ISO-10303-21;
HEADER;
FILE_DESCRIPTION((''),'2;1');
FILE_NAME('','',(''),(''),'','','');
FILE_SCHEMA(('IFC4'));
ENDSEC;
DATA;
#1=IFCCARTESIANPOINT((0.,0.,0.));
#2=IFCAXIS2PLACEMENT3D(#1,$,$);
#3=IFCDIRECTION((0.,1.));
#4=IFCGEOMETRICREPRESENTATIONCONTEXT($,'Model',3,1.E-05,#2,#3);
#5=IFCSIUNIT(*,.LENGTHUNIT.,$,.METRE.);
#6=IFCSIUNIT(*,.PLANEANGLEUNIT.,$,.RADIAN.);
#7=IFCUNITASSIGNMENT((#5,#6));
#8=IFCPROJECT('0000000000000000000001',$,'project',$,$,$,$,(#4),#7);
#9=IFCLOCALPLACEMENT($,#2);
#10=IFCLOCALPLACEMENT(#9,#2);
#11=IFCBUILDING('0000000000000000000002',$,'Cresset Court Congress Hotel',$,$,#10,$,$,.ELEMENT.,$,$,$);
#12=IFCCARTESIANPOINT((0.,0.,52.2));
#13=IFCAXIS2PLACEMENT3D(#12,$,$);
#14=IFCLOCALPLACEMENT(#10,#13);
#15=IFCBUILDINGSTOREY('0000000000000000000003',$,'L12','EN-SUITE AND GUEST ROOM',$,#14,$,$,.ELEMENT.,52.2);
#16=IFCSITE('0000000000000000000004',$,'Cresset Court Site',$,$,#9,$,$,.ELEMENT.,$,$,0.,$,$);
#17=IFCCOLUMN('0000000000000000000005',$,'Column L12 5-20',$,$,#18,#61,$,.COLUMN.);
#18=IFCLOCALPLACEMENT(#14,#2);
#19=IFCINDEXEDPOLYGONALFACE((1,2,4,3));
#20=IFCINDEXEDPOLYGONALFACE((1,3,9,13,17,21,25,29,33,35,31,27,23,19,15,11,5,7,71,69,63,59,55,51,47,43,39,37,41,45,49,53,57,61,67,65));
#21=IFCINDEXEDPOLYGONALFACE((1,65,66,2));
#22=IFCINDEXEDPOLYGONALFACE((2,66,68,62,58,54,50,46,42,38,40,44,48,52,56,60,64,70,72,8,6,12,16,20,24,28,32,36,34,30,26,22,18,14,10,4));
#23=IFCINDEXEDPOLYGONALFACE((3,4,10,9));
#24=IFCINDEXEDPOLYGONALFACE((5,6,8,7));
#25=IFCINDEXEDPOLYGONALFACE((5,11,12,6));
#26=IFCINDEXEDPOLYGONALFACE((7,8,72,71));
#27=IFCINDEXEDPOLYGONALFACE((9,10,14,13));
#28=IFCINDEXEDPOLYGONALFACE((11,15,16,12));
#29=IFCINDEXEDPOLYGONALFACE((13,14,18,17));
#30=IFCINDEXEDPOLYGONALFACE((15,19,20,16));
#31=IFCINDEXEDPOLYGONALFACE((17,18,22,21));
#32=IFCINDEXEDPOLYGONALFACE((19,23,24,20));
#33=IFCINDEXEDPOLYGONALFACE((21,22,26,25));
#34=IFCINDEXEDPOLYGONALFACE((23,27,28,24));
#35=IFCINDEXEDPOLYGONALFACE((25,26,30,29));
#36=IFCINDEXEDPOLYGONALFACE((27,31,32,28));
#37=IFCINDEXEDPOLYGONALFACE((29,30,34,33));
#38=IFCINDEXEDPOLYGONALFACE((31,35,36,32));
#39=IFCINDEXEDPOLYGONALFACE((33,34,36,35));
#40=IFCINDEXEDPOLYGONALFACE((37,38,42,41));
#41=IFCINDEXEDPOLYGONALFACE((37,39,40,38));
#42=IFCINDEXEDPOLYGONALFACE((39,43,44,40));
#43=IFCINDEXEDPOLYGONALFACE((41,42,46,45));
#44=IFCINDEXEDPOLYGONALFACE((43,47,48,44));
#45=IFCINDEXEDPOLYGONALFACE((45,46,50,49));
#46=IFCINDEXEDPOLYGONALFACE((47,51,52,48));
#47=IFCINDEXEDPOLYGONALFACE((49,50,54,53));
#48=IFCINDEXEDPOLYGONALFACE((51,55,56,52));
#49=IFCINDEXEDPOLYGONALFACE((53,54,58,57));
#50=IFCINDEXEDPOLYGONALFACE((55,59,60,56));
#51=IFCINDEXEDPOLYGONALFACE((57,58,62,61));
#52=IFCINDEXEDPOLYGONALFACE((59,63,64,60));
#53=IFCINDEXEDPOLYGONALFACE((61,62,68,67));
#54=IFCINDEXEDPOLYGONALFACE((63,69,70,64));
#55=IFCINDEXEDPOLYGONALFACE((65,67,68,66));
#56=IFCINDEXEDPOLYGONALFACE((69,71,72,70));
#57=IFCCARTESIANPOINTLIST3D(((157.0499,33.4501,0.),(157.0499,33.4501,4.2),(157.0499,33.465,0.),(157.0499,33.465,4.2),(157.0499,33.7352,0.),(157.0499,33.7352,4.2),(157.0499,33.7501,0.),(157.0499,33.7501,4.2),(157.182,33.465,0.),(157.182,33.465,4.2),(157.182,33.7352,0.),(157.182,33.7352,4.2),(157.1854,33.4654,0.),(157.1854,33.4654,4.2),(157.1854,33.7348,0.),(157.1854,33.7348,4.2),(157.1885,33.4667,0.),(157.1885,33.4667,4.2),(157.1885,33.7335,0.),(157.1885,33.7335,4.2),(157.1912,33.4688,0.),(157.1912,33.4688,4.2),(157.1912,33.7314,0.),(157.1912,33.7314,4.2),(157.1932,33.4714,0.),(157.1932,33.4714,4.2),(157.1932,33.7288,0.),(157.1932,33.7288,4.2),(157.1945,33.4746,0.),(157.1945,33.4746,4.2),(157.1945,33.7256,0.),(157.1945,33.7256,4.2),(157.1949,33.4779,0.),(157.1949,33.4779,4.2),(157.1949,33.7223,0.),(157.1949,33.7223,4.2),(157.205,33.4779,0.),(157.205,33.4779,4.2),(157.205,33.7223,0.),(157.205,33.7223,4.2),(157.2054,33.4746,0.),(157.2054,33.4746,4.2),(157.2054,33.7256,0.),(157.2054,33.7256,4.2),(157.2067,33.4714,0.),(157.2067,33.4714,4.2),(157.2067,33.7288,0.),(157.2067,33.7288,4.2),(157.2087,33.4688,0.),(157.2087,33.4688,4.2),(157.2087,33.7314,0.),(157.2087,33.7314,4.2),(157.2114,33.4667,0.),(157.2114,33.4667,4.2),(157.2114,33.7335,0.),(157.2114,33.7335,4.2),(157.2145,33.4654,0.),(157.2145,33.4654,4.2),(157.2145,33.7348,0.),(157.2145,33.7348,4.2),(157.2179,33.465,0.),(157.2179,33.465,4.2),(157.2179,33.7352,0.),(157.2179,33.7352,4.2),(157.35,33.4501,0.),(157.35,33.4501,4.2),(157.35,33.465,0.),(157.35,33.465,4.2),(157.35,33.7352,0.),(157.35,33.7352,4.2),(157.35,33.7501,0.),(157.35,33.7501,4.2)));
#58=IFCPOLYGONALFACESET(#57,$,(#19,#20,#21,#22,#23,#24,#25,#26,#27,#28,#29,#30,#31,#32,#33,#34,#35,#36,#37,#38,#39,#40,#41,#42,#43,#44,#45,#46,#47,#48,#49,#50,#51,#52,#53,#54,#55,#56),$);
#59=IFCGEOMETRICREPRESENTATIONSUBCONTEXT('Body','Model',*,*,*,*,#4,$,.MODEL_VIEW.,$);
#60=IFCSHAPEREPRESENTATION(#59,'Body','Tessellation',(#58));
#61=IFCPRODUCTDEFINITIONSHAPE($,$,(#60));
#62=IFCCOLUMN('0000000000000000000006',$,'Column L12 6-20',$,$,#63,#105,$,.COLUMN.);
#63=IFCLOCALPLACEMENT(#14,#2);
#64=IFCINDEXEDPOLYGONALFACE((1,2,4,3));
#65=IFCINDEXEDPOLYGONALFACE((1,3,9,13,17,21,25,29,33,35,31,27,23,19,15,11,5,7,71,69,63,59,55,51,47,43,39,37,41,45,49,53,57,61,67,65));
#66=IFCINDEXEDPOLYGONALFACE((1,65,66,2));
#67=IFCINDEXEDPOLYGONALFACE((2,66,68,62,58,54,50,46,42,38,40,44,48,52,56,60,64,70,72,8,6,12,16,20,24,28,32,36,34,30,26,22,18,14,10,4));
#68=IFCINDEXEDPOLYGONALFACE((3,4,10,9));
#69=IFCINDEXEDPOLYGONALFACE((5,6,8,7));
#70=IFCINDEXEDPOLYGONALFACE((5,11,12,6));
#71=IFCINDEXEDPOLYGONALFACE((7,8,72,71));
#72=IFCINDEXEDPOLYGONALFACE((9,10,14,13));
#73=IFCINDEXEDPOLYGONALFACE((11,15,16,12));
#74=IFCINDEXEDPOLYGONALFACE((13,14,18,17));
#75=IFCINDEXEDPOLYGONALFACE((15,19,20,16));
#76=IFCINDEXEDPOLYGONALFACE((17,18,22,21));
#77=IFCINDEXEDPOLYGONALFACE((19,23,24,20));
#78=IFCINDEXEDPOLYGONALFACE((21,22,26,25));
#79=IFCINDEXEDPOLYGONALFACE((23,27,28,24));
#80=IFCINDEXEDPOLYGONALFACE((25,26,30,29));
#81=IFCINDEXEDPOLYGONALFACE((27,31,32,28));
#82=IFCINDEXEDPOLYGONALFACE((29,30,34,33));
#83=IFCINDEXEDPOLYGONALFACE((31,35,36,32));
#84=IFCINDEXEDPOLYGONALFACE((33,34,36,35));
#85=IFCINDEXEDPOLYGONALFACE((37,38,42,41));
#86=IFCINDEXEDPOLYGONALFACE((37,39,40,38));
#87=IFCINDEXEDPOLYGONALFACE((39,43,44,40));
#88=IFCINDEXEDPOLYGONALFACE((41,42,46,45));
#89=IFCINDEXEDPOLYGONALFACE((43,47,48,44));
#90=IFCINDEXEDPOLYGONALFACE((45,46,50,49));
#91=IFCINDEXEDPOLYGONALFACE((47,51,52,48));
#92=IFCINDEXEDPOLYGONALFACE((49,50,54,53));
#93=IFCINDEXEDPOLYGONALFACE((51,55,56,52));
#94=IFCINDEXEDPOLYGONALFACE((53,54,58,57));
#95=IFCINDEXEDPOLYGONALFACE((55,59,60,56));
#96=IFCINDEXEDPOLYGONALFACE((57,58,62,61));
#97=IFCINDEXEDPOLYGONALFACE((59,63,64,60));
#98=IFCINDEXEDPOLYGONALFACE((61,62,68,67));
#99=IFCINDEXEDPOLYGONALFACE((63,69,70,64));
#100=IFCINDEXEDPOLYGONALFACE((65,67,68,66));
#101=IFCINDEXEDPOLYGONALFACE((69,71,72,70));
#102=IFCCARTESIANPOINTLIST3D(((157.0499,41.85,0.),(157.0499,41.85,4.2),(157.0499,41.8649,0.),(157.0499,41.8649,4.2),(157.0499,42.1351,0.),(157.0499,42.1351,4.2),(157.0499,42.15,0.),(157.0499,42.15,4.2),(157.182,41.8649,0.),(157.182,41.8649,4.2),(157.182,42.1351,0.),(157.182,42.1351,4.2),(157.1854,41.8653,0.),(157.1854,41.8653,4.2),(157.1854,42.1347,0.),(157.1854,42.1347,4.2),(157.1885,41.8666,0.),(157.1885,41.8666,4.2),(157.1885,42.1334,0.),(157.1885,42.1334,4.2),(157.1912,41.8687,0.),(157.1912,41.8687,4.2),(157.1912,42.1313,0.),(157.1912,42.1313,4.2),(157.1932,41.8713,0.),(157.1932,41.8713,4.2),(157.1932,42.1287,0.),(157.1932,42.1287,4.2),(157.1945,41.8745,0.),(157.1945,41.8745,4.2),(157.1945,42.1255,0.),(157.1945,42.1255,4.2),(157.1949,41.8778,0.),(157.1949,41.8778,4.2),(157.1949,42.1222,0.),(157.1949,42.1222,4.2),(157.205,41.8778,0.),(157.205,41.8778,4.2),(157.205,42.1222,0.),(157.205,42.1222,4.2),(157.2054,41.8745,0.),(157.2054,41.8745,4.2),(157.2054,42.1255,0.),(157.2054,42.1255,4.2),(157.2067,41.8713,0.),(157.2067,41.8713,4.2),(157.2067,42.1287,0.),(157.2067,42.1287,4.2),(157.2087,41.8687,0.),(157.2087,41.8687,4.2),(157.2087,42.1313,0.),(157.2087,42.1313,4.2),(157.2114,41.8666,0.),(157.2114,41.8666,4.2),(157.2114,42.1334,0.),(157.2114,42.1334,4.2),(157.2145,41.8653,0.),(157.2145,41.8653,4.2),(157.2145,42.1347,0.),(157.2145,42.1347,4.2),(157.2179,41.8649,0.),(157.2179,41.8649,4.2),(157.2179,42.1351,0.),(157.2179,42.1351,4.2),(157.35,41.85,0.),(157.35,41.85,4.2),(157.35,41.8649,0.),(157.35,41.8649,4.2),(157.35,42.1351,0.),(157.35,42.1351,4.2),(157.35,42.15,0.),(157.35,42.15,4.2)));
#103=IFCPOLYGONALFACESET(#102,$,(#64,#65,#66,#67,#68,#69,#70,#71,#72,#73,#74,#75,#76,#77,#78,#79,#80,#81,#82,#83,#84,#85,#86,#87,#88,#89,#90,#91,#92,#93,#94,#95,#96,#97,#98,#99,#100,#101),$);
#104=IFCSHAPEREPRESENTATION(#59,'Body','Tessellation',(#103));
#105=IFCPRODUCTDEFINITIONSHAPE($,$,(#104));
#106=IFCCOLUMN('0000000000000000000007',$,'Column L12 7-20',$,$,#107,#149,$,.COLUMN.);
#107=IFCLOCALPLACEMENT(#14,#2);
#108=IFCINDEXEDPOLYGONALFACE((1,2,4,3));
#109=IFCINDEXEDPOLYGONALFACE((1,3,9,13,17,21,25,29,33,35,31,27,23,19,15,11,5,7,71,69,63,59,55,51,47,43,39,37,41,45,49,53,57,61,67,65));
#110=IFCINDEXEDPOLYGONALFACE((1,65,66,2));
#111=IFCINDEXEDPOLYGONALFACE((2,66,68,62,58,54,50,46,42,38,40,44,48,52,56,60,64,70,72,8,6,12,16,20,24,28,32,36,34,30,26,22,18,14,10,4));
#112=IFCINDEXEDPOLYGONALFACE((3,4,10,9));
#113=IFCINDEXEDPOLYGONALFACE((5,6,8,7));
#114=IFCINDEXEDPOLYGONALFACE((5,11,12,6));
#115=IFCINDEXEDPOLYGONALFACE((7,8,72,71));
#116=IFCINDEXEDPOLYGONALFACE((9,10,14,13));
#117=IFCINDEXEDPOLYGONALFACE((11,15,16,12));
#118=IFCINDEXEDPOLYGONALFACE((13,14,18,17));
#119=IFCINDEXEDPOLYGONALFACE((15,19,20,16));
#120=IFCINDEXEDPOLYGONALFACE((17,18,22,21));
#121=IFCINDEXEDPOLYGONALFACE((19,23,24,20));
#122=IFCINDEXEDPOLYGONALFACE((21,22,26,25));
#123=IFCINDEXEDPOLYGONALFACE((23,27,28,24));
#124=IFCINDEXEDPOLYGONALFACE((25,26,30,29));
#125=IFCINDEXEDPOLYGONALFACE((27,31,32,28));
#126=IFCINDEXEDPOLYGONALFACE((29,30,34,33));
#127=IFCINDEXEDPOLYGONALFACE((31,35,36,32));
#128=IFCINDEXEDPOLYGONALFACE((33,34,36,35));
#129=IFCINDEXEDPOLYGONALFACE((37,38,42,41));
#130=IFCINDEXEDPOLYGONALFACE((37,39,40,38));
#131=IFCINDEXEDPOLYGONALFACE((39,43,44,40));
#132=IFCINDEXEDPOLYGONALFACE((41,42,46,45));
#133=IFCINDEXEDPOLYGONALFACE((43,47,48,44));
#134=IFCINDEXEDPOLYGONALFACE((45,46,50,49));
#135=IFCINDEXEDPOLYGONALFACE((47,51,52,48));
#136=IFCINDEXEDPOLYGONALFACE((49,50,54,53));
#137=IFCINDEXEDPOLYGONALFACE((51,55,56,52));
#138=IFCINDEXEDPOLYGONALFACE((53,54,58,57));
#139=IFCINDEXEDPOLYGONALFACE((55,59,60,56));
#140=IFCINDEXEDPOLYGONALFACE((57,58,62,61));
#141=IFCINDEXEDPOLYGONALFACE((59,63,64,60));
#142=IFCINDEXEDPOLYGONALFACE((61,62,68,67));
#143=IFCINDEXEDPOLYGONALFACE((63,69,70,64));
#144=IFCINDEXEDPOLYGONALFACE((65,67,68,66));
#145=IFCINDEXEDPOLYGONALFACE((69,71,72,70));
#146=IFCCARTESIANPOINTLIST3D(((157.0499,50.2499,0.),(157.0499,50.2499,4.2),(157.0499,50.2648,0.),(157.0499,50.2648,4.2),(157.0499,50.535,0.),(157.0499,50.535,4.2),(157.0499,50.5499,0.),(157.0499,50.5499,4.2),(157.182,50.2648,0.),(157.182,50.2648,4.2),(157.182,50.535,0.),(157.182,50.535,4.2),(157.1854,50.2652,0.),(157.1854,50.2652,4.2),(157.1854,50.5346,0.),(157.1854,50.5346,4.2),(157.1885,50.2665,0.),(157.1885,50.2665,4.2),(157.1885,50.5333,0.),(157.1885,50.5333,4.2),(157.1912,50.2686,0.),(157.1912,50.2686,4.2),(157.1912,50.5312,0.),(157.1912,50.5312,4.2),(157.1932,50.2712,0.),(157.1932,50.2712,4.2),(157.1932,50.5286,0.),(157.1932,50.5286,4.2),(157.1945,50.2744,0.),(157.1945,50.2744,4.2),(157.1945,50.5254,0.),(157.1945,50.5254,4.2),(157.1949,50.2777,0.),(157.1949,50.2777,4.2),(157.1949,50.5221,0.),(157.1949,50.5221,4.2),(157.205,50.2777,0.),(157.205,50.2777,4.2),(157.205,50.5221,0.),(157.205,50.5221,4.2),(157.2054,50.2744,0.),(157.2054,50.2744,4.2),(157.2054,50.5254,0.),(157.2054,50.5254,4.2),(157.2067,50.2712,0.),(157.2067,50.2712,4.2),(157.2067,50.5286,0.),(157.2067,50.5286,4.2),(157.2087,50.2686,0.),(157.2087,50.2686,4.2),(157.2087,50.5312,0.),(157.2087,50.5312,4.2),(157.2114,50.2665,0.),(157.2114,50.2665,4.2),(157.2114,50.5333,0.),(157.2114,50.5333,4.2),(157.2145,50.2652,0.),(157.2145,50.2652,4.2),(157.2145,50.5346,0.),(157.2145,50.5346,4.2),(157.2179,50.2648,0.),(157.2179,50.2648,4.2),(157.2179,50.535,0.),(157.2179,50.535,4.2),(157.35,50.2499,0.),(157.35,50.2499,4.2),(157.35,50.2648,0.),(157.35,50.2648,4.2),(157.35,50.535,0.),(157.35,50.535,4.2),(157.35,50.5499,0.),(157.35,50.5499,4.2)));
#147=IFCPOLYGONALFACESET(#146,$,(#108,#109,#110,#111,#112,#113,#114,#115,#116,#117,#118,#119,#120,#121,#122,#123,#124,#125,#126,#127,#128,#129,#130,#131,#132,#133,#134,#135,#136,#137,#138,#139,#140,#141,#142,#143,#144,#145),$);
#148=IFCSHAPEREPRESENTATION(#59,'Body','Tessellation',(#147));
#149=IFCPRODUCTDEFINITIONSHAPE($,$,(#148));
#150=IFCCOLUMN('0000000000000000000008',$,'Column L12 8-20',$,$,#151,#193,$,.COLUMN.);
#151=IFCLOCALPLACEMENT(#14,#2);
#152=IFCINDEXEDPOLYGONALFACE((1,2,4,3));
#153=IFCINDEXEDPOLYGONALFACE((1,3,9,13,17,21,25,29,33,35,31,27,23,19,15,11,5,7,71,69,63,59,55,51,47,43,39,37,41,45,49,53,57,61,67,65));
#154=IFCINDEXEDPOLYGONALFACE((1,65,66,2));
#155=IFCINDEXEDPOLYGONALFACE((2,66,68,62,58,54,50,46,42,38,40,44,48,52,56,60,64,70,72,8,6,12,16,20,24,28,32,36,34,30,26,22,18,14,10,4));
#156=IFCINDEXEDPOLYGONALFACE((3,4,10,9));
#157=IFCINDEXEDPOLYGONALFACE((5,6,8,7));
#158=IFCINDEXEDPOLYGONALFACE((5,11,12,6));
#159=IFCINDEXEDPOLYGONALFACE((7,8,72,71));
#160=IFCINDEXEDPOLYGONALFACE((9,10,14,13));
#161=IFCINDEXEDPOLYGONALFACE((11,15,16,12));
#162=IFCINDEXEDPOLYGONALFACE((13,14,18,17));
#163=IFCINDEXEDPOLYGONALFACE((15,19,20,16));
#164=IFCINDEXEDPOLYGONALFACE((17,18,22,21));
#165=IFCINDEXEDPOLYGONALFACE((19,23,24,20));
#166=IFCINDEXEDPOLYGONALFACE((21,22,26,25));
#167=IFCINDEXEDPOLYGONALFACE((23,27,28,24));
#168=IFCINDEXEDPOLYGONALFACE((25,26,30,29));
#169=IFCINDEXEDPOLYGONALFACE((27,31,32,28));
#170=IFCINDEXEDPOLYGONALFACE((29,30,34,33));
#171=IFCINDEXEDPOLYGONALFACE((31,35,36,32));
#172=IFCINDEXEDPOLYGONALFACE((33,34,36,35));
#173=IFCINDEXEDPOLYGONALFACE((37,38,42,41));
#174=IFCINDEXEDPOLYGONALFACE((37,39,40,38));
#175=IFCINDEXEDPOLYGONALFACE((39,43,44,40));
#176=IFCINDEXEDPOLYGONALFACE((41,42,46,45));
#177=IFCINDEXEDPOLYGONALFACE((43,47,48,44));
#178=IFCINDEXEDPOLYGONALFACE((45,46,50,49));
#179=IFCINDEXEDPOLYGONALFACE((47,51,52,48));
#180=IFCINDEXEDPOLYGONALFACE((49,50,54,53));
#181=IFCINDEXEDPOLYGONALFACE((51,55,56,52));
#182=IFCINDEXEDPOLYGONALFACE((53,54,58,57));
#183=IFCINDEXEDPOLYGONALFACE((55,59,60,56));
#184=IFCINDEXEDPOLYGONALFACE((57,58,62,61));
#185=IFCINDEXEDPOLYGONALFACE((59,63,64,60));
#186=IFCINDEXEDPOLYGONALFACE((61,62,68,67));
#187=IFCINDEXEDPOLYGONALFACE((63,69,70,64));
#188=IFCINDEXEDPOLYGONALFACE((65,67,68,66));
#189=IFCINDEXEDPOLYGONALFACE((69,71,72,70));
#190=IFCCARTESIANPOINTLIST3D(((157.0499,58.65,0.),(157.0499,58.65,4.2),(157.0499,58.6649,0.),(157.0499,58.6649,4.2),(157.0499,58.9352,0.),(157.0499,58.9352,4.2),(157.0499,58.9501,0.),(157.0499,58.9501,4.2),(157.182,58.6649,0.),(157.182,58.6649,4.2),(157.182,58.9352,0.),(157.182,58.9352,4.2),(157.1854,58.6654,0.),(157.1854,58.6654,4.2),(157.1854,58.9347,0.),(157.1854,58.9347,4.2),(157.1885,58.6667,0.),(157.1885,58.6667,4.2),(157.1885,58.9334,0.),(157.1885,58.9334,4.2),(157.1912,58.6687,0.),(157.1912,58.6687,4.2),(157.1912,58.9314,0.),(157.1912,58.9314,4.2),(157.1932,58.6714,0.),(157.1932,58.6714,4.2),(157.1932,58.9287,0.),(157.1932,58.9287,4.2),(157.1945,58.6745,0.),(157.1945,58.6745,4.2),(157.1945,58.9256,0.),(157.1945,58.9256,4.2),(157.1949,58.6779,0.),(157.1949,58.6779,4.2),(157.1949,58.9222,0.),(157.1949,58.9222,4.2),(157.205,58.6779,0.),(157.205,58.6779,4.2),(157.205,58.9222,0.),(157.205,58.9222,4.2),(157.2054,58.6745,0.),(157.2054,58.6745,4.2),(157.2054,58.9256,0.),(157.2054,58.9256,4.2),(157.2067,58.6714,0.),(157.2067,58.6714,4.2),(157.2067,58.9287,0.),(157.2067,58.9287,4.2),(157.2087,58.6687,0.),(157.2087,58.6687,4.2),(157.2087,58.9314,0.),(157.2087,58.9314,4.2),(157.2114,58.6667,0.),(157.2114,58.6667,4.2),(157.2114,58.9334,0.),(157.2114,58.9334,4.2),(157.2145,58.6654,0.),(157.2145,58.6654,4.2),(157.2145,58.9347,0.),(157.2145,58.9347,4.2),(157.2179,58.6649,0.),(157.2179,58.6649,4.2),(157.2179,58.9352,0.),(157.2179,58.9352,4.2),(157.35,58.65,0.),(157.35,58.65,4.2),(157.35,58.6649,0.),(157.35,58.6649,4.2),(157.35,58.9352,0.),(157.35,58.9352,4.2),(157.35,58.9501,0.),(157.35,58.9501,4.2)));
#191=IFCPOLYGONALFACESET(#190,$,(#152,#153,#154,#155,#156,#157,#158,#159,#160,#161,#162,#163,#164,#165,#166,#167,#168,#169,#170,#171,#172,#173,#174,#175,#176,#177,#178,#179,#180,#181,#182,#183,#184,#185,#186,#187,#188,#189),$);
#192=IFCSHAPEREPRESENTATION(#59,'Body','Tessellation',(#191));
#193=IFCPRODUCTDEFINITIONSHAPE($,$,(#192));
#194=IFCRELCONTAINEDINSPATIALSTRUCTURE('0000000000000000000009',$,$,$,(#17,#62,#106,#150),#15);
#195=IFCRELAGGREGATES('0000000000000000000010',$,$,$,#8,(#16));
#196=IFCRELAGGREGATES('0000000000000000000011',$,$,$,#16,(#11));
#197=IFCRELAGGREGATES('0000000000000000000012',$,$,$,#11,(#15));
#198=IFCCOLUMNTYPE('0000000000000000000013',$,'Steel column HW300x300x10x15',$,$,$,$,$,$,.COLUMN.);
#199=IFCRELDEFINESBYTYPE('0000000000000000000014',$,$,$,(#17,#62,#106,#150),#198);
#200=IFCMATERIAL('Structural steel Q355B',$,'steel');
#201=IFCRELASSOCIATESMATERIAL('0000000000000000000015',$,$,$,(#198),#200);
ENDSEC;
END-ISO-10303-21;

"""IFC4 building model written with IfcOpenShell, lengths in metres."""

from ifc_helpers import new_model, si_unit, direction, frame, origin, origin_2d, place, context, subcontext, project, spatial, i_section, extrude, material, material_profile, profile_set, type_object, element, save


model = new_model("IFC4")

# Units and contexts
model_context = context("Model", 3, precision=1e-05, world=origin(), true_north=direction((0.0, 1.0)))
body_context = subcontext(model_context, "Body", "Model", "MODEL_VIEW")
ifc_project = project(units=[si_unit("LENGTHUNIT", "METRE"), si_unit("PLANEANGLEUNIT", "RADIAN")], contexts=[model_context])

# Site, building, storey
site_placement = place(None, origin())
site = spatial("IfcSite", under=ifc_project, at=site_placement, Name="Cresset Court Site", CompositionType="ELEMENT", RefElevation=0.0)
building_placement = place(site_placement, origin())
building = spatial("IfcBuilding", under=site, at=building_placement, Name="Cresset Court Congress Hotel", CompositionType="ELEMENT")
storey_placement = place(building_placement, frame((0.0, 0.0, 52.2)))
storey = spatial("IfcBuildingStorey", under=building, at=storey_placement, Name="L12", Description="EN-SUITE AND GUEST ROOM", CompositionType="ELEMENT", Elevation=52.2)

# Columns
ifc_material_1 = material(Name="Structural steel Q355B", Category="steel")
ifc_material_profile_1 = material_profile(ifc_material_1, i_section(OverallWidth=0.3, OverallDepth=0.3, WebThickness=0.01, FlangeThickness=0.0149, FilletRadius=0.0129, at=origin_2d()), Name="HW300x300x10x15")
ifc_profile_set_1 = profile_set([ifc_material_profile_1], Name="Structural steel Q355B")
column_type = type_object("IfcColumnType", Name="Steel column HW300x300x10x15", PredefinedType="COLUMN", material=ifc_profile_set_1)
for number, where, z_axis, x_axis, name in (
    (1, (157.2, 33.6001, 0.0), (0.0, 0.0, 1.0), (1.0, 0.0, 0.0), "Column L12 5-20"),
    (2, (157.2, 42.0, 0.0), (0.0, 0.0, 1.0), (1.0, 0.0, 0.0), "Column L12 6-20"),
    (3, (157.2, 50.3999, 0.0), (0.0, 0.0, 1.0), (1.0, 0.0, 0.0), "Column L12 7-20"),
    (4, (157.2, 58.8, 0.0), (0.0, 0.0, 1.0), (1.0, 0.0, 0.0), "Column L12 8-20"),
):
    element("IfcColumn", number, at=place(storey_placement, frame(where, z_axis=z_axis, x_axis=x_axis)), inside=storey, type_object=column_type, Name=name, PredefinedType="COLUMN", context=body_context, shape_type="SweptSolid", body=[
        extrude(i_section(OverallWidth=0.3, OverallDepth=0.3, WebThickness=0.01, FlangeThickness=0.0149, FilletRadius=0.0129, at=origin_2d()), origin(), (0.0, 0.0, 1.0), 4.2),
    ])

save(model, "model.ifc")
